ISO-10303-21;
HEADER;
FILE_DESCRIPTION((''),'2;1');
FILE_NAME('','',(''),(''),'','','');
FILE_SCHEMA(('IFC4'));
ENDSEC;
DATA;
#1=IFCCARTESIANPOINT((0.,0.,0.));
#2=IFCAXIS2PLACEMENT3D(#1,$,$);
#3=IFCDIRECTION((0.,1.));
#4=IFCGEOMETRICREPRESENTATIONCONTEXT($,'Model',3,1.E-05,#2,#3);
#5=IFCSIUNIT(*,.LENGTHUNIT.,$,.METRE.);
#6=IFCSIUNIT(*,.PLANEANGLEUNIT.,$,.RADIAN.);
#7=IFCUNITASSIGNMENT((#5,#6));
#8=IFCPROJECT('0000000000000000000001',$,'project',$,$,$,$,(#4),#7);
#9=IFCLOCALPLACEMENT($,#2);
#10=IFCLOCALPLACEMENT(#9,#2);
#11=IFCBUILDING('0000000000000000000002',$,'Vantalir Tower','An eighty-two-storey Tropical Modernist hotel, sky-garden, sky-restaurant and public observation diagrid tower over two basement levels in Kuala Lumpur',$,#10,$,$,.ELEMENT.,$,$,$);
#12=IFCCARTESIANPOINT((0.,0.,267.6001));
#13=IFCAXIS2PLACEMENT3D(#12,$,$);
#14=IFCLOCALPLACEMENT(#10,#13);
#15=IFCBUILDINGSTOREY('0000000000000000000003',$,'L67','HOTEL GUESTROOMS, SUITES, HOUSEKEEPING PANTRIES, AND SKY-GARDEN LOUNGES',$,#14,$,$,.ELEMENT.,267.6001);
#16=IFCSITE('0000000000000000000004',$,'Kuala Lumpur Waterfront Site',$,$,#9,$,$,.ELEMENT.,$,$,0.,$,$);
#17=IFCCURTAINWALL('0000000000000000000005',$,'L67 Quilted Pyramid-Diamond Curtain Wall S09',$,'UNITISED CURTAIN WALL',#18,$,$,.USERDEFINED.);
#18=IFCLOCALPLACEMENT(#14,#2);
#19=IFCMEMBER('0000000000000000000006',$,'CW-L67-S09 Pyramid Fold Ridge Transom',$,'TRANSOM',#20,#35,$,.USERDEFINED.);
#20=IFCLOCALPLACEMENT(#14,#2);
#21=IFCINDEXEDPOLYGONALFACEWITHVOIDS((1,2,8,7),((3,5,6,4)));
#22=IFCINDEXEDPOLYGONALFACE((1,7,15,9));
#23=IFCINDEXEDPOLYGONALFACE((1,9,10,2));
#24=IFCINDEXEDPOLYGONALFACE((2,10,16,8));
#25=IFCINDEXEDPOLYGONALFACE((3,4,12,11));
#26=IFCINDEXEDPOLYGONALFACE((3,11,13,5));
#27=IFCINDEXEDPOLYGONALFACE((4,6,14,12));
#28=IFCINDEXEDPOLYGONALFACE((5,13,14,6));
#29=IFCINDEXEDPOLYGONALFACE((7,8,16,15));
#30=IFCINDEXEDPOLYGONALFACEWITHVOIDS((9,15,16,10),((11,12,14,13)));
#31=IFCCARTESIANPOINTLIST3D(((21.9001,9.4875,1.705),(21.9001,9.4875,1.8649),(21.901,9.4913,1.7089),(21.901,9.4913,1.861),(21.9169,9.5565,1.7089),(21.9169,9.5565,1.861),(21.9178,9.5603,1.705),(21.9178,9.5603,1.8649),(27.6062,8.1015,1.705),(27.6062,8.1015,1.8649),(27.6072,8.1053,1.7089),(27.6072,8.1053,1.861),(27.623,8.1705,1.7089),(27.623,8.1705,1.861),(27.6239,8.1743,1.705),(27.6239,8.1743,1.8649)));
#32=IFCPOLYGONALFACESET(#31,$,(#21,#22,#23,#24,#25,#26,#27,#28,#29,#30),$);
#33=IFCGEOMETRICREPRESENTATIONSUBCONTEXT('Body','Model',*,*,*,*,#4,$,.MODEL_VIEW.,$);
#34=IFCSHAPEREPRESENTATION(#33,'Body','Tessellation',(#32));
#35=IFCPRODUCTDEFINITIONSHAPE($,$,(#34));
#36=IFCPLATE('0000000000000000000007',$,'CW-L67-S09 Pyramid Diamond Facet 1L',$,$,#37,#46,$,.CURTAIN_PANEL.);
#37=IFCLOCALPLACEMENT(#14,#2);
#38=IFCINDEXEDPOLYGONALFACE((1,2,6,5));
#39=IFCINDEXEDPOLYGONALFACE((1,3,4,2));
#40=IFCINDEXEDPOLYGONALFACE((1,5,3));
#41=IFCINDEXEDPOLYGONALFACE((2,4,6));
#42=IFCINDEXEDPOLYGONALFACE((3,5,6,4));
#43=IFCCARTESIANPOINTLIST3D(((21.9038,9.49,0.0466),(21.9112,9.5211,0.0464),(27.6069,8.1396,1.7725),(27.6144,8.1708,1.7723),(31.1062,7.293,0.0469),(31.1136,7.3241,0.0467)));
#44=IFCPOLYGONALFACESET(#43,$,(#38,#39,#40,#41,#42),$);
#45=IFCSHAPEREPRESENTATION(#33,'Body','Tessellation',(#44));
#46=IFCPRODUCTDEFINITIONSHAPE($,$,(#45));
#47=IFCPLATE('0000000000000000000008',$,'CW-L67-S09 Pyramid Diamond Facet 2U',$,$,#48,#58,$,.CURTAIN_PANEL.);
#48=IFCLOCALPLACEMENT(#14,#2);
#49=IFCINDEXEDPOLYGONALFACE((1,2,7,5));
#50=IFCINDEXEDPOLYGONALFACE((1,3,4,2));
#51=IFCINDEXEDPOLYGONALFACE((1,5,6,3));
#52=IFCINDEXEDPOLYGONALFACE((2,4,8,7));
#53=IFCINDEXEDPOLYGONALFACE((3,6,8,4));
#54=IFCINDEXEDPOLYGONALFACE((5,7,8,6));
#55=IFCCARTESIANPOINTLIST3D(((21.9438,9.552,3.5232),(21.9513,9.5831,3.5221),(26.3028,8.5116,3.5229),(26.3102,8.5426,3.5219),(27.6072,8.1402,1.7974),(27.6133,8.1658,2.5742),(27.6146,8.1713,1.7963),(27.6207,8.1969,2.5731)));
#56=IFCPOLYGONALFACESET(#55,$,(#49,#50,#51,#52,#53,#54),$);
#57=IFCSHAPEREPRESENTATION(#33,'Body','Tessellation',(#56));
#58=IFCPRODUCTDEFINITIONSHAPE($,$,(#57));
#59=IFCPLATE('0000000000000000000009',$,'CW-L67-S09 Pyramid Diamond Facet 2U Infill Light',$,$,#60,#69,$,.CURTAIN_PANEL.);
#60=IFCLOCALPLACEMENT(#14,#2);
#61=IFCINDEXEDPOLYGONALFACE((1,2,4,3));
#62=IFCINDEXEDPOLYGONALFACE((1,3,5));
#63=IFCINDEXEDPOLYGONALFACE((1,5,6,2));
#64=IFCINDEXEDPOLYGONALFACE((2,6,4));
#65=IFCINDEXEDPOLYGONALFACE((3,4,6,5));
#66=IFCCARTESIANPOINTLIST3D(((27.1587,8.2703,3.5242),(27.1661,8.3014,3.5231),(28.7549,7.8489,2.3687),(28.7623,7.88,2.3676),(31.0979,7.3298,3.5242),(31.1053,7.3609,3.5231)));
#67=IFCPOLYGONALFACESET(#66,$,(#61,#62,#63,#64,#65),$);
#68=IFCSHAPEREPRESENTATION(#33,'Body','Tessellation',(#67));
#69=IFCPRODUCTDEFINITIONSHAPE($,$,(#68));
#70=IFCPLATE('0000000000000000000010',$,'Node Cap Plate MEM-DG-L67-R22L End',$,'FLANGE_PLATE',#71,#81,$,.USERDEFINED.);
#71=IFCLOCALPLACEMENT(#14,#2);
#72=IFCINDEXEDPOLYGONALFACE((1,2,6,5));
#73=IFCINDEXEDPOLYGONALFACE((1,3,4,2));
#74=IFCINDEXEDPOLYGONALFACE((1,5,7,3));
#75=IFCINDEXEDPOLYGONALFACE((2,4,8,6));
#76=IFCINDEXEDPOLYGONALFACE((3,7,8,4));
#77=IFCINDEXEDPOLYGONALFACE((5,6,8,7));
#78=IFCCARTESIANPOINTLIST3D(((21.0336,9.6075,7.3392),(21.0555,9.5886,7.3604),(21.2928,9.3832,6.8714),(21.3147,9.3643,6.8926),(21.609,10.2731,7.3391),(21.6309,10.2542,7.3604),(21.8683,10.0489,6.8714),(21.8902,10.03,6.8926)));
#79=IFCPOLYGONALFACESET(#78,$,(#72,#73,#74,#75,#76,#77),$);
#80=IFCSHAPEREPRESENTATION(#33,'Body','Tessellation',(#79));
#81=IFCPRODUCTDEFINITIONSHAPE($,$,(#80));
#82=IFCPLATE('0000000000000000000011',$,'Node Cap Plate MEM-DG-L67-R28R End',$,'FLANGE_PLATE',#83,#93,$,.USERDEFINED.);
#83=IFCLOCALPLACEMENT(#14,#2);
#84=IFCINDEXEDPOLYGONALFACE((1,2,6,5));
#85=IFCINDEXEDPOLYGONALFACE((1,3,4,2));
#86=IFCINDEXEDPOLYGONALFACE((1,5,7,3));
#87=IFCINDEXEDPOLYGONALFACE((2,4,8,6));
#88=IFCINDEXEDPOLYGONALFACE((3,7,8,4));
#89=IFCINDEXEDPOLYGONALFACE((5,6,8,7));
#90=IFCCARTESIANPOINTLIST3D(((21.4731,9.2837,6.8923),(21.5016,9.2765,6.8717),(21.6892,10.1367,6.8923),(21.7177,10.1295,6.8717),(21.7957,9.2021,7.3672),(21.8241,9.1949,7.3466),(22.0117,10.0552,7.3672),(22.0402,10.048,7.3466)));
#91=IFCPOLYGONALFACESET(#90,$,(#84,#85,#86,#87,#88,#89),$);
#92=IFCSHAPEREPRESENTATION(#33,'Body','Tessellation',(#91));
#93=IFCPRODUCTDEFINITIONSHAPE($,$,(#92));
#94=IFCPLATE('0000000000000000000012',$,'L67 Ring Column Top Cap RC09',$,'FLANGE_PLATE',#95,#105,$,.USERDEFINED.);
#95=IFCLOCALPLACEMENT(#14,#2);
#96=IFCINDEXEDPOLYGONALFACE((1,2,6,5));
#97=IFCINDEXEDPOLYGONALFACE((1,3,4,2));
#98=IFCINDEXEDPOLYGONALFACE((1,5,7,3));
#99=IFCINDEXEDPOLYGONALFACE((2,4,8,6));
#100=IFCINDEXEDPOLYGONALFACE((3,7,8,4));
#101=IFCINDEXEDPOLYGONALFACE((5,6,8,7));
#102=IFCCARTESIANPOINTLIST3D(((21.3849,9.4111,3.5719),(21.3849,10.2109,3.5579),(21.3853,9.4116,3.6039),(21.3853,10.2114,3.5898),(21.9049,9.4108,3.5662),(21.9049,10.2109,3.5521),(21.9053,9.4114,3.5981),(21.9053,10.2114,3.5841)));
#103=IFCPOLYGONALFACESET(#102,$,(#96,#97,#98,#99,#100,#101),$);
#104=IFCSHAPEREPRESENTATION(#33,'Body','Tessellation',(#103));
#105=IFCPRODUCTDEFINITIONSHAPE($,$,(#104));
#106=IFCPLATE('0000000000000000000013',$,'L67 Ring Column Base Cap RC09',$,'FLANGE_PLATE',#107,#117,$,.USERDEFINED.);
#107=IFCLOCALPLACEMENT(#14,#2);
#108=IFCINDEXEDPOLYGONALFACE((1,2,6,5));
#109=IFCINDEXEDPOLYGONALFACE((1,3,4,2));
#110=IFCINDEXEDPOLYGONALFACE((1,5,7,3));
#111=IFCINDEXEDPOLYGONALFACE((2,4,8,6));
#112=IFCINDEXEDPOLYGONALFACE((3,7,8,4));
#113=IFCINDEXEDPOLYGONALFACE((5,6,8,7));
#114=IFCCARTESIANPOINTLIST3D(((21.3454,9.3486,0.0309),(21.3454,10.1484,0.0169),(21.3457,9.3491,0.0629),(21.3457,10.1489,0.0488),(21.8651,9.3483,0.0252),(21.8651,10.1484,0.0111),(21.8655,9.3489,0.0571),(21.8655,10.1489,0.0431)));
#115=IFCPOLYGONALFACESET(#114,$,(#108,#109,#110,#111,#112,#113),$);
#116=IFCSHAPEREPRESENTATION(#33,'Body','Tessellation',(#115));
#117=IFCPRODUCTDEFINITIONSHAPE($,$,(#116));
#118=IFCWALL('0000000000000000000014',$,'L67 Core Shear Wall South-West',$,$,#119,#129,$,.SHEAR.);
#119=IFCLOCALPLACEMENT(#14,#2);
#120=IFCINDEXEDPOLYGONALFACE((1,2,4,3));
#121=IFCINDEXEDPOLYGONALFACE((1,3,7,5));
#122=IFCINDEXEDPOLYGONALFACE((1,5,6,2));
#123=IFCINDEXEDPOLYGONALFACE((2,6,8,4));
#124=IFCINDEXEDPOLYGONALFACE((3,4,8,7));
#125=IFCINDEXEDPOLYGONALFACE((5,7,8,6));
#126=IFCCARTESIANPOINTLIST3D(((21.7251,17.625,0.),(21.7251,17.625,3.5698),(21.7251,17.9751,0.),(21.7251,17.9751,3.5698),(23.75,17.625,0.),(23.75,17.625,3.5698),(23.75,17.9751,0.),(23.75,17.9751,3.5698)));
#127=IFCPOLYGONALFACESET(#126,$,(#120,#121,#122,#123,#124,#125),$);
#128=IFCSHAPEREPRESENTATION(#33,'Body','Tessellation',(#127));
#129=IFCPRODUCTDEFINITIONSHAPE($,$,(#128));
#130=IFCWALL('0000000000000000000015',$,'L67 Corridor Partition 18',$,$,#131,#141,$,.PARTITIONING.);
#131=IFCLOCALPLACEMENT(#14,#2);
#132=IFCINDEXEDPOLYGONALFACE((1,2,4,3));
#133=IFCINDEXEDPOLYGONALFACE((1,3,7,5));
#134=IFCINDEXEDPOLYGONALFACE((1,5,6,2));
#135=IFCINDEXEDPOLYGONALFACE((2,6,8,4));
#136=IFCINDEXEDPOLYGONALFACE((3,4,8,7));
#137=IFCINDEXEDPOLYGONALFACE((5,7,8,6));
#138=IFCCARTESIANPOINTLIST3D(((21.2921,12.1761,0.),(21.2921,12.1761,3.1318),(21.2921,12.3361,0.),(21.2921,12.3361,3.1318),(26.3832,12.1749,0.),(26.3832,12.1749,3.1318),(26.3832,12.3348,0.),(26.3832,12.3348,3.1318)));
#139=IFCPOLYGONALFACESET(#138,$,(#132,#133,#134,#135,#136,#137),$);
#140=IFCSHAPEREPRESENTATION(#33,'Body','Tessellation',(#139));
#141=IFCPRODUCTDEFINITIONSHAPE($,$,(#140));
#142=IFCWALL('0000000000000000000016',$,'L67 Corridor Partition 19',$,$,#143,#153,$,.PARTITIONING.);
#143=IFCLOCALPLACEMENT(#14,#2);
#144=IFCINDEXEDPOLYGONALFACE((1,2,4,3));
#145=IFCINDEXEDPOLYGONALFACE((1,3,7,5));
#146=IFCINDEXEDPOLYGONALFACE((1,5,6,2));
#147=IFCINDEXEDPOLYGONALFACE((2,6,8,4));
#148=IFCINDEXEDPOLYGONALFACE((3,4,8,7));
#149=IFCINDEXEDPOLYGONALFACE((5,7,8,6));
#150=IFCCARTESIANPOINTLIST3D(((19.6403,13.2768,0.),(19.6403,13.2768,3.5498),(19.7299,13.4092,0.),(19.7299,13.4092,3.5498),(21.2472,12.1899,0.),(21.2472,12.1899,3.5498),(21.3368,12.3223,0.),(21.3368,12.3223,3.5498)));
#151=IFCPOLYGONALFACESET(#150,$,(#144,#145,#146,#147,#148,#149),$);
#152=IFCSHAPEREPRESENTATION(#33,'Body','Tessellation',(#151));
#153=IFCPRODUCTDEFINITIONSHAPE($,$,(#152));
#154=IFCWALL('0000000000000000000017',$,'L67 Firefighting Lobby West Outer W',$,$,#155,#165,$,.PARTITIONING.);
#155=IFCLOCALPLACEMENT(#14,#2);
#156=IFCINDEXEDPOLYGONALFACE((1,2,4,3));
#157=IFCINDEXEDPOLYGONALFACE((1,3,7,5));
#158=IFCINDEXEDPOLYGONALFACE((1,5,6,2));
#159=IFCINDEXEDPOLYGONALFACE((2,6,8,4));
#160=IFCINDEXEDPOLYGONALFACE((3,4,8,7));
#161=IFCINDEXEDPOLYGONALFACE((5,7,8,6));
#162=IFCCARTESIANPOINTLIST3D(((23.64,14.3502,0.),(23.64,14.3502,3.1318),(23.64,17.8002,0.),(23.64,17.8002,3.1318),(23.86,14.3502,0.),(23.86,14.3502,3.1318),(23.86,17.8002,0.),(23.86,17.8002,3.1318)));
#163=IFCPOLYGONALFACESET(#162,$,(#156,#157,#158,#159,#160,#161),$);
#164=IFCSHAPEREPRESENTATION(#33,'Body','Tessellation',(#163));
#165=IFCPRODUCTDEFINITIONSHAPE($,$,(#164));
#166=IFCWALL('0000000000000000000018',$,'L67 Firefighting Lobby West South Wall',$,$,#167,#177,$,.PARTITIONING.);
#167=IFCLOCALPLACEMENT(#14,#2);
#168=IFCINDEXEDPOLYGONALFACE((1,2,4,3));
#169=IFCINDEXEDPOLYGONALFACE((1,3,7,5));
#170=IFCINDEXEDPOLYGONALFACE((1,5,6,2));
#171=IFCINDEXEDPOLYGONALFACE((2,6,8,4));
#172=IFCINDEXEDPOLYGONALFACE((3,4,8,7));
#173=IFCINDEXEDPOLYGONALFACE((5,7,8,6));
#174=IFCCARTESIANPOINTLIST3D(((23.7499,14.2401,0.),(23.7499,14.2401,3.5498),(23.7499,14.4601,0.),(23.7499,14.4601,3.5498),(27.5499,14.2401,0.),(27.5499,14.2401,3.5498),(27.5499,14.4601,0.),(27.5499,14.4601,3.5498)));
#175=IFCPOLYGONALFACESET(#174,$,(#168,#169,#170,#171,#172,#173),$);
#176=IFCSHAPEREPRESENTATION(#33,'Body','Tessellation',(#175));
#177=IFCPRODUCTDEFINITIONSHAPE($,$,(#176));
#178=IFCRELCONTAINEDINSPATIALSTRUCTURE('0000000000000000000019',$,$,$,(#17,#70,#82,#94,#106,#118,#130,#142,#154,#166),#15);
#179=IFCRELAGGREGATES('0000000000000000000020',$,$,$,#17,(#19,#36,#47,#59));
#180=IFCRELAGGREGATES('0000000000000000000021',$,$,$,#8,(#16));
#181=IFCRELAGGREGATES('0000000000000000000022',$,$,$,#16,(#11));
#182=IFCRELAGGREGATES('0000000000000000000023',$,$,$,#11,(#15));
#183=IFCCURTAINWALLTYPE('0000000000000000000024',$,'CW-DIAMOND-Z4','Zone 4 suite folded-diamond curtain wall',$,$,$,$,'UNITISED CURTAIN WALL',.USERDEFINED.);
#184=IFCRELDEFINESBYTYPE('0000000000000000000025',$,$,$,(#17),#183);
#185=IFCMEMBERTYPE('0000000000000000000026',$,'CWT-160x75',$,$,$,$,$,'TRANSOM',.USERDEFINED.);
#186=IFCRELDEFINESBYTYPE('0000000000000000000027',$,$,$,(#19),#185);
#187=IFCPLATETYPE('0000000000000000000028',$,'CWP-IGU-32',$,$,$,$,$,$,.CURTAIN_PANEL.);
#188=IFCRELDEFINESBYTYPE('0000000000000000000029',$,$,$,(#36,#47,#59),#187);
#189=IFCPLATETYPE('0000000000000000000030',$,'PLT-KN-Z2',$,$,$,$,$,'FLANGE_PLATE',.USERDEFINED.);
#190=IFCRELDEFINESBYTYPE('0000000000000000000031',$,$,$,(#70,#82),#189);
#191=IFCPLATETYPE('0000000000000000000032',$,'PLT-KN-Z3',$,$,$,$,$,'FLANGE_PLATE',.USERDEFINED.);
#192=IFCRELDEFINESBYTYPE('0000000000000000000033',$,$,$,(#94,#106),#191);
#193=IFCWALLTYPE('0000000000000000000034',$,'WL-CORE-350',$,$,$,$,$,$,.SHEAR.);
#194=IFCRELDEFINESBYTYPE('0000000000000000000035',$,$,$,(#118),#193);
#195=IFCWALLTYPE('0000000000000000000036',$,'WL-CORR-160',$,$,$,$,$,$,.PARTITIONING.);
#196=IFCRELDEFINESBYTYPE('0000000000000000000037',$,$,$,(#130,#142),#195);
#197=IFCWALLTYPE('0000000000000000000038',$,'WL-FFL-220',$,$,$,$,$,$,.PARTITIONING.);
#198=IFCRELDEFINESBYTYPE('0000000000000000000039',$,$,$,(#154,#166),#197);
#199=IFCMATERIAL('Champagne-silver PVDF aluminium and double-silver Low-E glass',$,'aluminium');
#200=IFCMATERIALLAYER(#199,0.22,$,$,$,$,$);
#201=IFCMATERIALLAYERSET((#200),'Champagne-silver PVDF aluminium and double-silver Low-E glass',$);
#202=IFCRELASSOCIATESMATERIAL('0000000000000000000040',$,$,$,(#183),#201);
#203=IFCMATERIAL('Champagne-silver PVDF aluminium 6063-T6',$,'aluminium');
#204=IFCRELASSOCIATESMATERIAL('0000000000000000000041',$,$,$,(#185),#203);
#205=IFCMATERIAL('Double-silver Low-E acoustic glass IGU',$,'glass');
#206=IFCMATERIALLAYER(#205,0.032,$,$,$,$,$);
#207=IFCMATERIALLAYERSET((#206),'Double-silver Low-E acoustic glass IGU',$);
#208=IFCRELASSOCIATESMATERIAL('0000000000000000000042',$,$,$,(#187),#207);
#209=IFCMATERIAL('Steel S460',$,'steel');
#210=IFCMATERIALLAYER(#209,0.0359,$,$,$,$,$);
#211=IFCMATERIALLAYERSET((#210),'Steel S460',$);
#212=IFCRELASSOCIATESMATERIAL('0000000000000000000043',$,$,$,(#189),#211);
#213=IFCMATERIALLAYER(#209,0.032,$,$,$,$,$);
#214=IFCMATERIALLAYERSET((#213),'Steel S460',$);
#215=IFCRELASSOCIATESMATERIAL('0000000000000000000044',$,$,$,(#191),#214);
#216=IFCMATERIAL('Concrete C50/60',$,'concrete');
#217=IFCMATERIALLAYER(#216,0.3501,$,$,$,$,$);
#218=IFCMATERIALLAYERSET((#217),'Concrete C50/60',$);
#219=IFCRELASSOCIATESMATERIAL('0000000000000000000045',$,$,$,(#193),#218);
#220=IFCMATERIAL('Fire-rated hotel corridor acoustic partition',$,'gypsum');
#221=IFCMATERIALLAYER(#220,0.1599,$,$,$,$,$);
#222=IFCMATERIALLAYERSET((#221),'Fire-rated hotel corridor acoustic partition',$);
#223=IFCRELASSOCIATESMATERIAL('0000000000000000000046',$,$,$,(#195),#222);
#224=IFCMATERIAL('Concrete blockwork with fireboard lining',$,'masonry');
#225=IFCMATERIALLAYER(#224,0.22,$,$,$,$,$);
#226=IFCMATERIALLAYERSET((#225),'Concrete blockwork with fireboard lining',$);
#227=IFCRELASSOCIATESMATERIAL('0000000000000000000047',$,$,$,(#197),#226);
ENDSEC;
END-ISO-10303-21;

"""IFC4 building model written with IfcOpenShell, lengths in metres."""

from ifc_helpers import new_model, si_unit, direction, frame, frame_2d, origin, origin_2d, place, context, subcontext, project, spatial, polyline, rectangle, hollow_rectangle, outline, extrude, material, layer, layer_set, material_profile, profile_set, type_object, element, aggregate, save


model = new_model("IFC4")

# Units and contexts
model_context = context("Model", 3, precision=1e-05, world=origin(), true_north=direction((0.0, 1.0)))
body_context = subcontext(model_context, "Body", "Model", "MODEL_VIEW")
ifc_project = project(units=[si_unit("LENGTHUNIT", "METRE"), si_unit("PLANEANGLEUNIT", "RADIAN")], contexts=[model_context])

# Site, building, storey
site_placement = place(None, origin())
site = spatial("IfcSite", under=ifc_project, at=site_placement, Name="Kuala Lumpur Waterfront Site", CompositionType="ELEMENT", RefElevation=0.0)
building_placement = place(site_placement, origin())
building = spatial("IfcBuilding", under=site, at=building_placement, Name="Vantalir Tower", Description="An eighty-two-storey Tropical Modernist hotel, sky-garden, sky-restaurant and public observation diagrid tower over two basement levels in Kuala Lumpur", CompositionType="ELEMENT")
storey_placement = place(building_placement, frame((0.0, 0.0, 267.6001)))
storey = spatial("IfcBuildingStorey", under=building, at=storey_placement, Name="L67", Description="HOTEL GUESTROOMS, SUITES, HOUSEKEEPING PANTRIES, AND SKY-GARDEN LOUNGES", CompositionType="ELEMENT", Elevation=267.6001)

# Shared definitions
ifc_material_1 = material(Name="Concrete C50/60", Category="concrete")
ifc_material_2 = material(Name="Steel S460", Category="steel")

# Shared definitions
ifc_material_3 = material(Name="Champagne-silver PVDF aluminium and double-silver Low-E glass", Category="aluminium")
ifc_layer_1 = layer(ifc_material_3, 0.22)
ifc_layer_set_1 = layer_set([ifc_layer_1], Name="Champagne-silver PVDF aluminium and double-silver Low-E glass")
curtain_wall_type = type_object("IfcCurtainWallType", Name="CW-DIAMOND-Z4", Description="Zone 4 suite folded-diamond curtain wall", ElementType="UNITISED CURTAIN WALL", PredefinedType="USERDEFINED", material=ifc_layer_set_1)
ifc_material_4 = material(Name="Champagne-silver PVDF aluminium 6063-T6", Category="aluminium")

# Curtain wall, member, plates
curtain_wall_1_placement = place(storey_placement, origin())
curtain_wall_1 = element("IfcCurtainWall", 1, at=curtain_wall_1_placement, inside=storey, type_object=curtain_wall_type, Name="L67 Quilted Pyramid-Diamond Curtain Wall S09", ObjectType="UNITISED CURTAIN WALL", PredefinedType="USERDEFINED")
ifc_material_profile_1 = material_profile(ifc_material_4, hollow_rectangle(XDim=0.075, YDim=0.1599, WallThickness=0.0039, at=origin_2d()), Name="Champagne-silver PVDF aluminium 6063-T6")
ifc_profile_set_1 = profile_set([ifc_material_profile_1], Name="Champagne-silver PVDF aluminium 6063-T6")
member_type_1 = type_object("IfcMemberType", Name="CWT-160x75", ElementType="TRANSOM", PredefinedType="USERDEFINED", material=ifc_profile_set_1)
member_1_placement = place(storey_placement, frame((21.9089, 9.5239, 1.7849), z_axis=(0.971745, -0.236034, 0.0), x_axis=(0.236034, 0.971745, 0.0)))
member_1 = element("IfcMember", 2, at=member_1_placement, type_object=member_type_1, Name="CW-L67-S09 Pyramid Fold Ridge Transom", ObjectType="TRANSOM", PredefinedType="USERDEFINED", context=body_context, shape_type="SweptSolid", body=[
    extrude(hollow_rectangle(XDim=0.075, YDim=0.1599, WallThickness=0.0039, at=origin_2d()), origin(), (0.0, 0.0, 1.0), 5.8721),
])
ifc_material_5 = material(Name="Double-silver Low-E acoustic glass IGU", Category="glass")
ifc_layer_2 = layer(ifc_material_5, 0.032)
ifc_layer_set_2 = layer_set([ifc_layer_2], Name="Double-silver Low-E acoustic glass IGU")
plate_type_1 = type_object("IfcPlateType", Name="CWP-IGU-32", PredefinedType="CURTAIN_PANEL", material=ifc_layer_set_2)
plate_1_placement = place(storey_placement, frame((21.9038, 9.49, 0.0466), z_axis=(-0.232214, -0.972644, 0.00634), x_axis=(0.972664, -0.232218, 0.000026)))
plate_1 = element("IfcPlate", 3, at=plate_1_placement, type_object=plate_type_1, Name="CW-L67-S09 Pyramid Diamond Facet 1L", PredefinedType="CURTAIN_PANEL", context=body_context, shape_type="SweptSolid", body=[
    extrude(outline(polyline([(0.0, 0.0), (9.461, 0.0), (5.8608, 1.7257), (0.0, 0.0)])), origin(), (0.0, 0.0, -1.0), 0.032),
])
plate_2_placement = place(storey_placement, frame((21.9438, 9.552, 3.5232), z_axis=(-0.232037, -0.97212, 0.033789), x_axis=(0.972675, -0.232171, -0.000055)))
plate_2 = element("IfcPlate", 4, at=plate_2_placement, type_object=plate_type_1, Name="CW-L67-S09 Pyramid Diamond Facet 2U", PredefinedType="CURTAIN_PANEL", context=body_context, shape_type="SweptSolid", body=[
    extrude(outline(polyline([(0.0, 0.0), (4.4814, 0.0), (5.8364, -0.9492), (5.8365, -1.7265), (0.0, 0.0)])), origin(), (0.0, 0.0, -1.0), 0.032),
])
plate_3_placement = place(storey_placement, frame((27.1587, 8.2703, 3.5242), z_axis=(-0.232076, -0.972106, 0.033919), x_axis=(0.972666, -0.23221, 0.0)))
plate_3 = element("IfcPlate", 5, at=plate_3_placement, type_object=plate_type_1, Name="CW-L67-S09 Pyramid Diamond Facet 2U Infill Light", PredefinedType="CURTAIN_PANEL", context=body_context, shape_type="SweptSolid", body=[
    extrude(outline(polyline([(0.0, 0.0), (4.0499, 0.0), (1.6504, -1.1562), (0.0, 0.0)])), origin(), (0.0, 0.0, -1.0), 0.032),
])
aggregate(curtain_wall_1, [member_1, plate_1, plate_2, plate_3])

# Plates
ifc_layer_3 = layer(ifc_material_2, 0.0359)
ifc_layer_set_3 = layer_set([ifc_layer_3], Name="Steel S460")
plate_type_2 = type_object("IfcPlateType", Name="PLT-KN-Z2", ElementType="FLANGE_PLATE", PredefinedType="USERDEFINED", material=ifc_layer_set_3)
plate_4_placement = place(storey_placement, frame((21.3147, 9.3643, 6.8926), z_axis=(0.610199, -0.527504, 0.591098), x_axis=(0.653961, 0.756529, 0.000043)))
element("IfcPlate", 6, at=plate_4_placement, inside=storey, type_object=plate_type_2, Name="Node Cap Plate MEM-DG-L67-R22L End", ObjectType="FLANGE_PLATE", PredefinedType="USERDEFINED", context=body_context, shape_type="SweptSolid", body=[
    extrude(outline(polyline([(0.0, 0.0), (0.88, 0.0), (0.88, 0.5799), (0.0002, 0.58), (0.0, 0.0)])), origin(), (0.0, 0.0, -1.0), 0.0359),
])
plate_5_placement = place(storey_placement, frame((21.6892, 10.1367, 6.8923), z_axis=(-0.793948, 0.2011, 0.573765), x_axis=(-0.245537, -0.969387, 0.0)))
element("IfcPlate", 7, at=plate_5_placement, inside=storey, type_object=plate_type_2, Name="Node Cap Plate MEM-DG-L67-R28R End", ObjectType="FLANGE_PLATE", PredefinedType="USERDEFINED", context=body_context, shape_type="SweptSolid", body=[
    extrude(outline(polyline([(0.0, 0.0), (0.88, 0.0), (0.8798, 0.5798), (-0.0001, 0.5798), (0.0, 0.0)])), origin(), (0.0, 0.0, -1.0), 0.0359),
])
ifc_layer_4 = layer(ifc_material_2, 0.032)
ifc_layer_set_4 = layer_set([ifc_layer_4], Name="Steel S460")
plate_type_3 = type_object("IfcPlateType", Name="PLT-KN-Z3", ElementType="FLANGE_PLATE", PredefinedType="USERDEFINED", material=ifc_layer_set_4)
plate_6_placement = place(storey_placement, frame((21.3853, 10.2114, 3.5898), z_axis=(0.011035, 0.017545, 0.999785), x_axis=(0.000002, -0.999846, 0.017546)))
element("IfcPlate", 8, at=plate_6_placement, inside=storey, type_object=plate_type_3, Name="L67 Ring Column Top Cap RC09", ObjectType="FLANGE_PLATE", PredefinedType="USERDEFINED", context=body_context, shape_type="SweptSolid", body=[
    extrude(outline(polyline([(0.0, 0.0), (0.7999, 0.0), (0.8001, 0.52), (-0.0001, 0.5201), (0.0, 0.0)])), origin(), (0.0, 0.0, -1.0), 0.032),
])
plate_7_placement = place(storey_placement, frame((21.3457, 10.1489, 0.0488), z_axis=(0.01104, 0.017545, 0.999785), x_axis=(0.000002, -0.999846, 0.017546)))
element("IfcPlate", 9, at=plate_7_placement, inside=storey, type_object=plate_type_3, Name="L67 Ring Column Base Cap RC09", ObjectType="FLANGE_PLATE", PredefinedType="USERDEFINED", context=body_context, shape_type="SweptSolid", body=[
    extrude(outline(polyline([(0.0, 0.0), (0.7999, 0.0), (0.8001, 0.5198), (-0.0001, 0.5198), (0.0, 0.0)])), origin(), (0.0, 0.0, -1.0), 0.032),
])

# Walls
ifc_layer_5 = layer(ifc_material_1, 0.3501)
ifc_layer_set_5 = layer_set([ifc_layer_5], Name="Concrete C50/60")
wall_type_1 = type_object("IfcWallType", Name="WL-CORE-350", PredefinedType="SHEAR", material=ifc_layer_set_5)
wall_1_placement = place(storey_placement, frame((21.7251, 17.8, 0.0), z_axis=(0.0, 0.0, 1.0), x_axis=(1.0, 0.0, 0.0)))
element("IfcWall", 10, at=wall_1_placement, inside=storey, type_object=wall_type_1, Name="L67 Core Shear Wall South-West", PredefinedType="SHEAR", context=body_context, shape_type="SweptSolid", body=[
    extrude(rectangle(XDim=2.0249, YDim=0.3501, at=frame_2d((1.0125, 0.0))), origin(), (0.0, 0.0, 1.0), 3.5698),
])
ifc_material_6 = material(Name="Fire-rated hotel corridor acoustic partition", Category="gypsum")
ifc_layer_6 = layer(ifc_material_6, 0.1599)
ifc_layer_set_6 = layer_set([ifc_layer_6], Name="Fire-rated hotel corridor acoustic partition")
wall_type_2 = type_object("IfcWallType", Name="WL-CORR-160", PredefinedType="PARTITIONING", material=ifc_layer_set_6)
wall_2_placement = place(storey_placement, frame((26.3831, 12.2549, 0.0), z_axis=(0.0, 0.0, 1.0), x_axis=(-1.0, 0.00024, 0.0)))
element("IfcWall", 11, at=wall_2_placement, inside=storey, type_object=wall_type_2, Name="L67 Corridor Partition 18", PredefinedType="PARTITIONING", context=body_context, shape_type="SweptSolid", body=[
    extrude(rectangle(XDim=5.0911, YDim=0.1599, at=frame_2d((2.5454, 0.0))), origin(), (0.0, 0.0, 1.0), 3.1318),
])
wall_3_placement = place(storey_placement, frame((21.292, 12.2561, 0.0), z_axis=(0.0, 0.0, 1.0), x_axis=(-0.828314, 0.560264, 0.0)))
element("IfcWall", 12, at=wall_3_placement, inside=storey, type_object=wall_type_2, Name="L67 Corridor Partition 19", PredefinedType="PARTITIONING", context=body_context, shape_type="SweptSolid", body=[
    extrude(rectangle(XDim=1.9399, YDim=0.1599, at=frame_2d((0.97, 0.0))), origin(), (0.0, 0.0, 1.0), 3.5498),
])
ifc_material_7 = material(Name="Concrete blockwork with fireboard lining", Category="masonry")
ifc_layer_7 = layer(ifc_material_7, 0.22)
ifc_layer_set_7 = layer_set([ifc_layer_7], Name="Concrete blockwork with fireboard lining")
wall_type_3 = type_object("IfcWallType", Name="WL-FFL-220", PredefinedType="PARTITIONING", material=ifc_layer_set_7)
wall_4_placement = place(storey_placement, frame((23.75, 14.3501, 0.0), z_axis=(0.0, 0.0, 1.0), x_axis=(0.0, 1.0, 0.0)))
element("IfcWall", 13, at=wall_4_placement, inside=storey, type_object=wall_type_3, Name="L67 Firefighting Lobby West Outer W", PredefinedType="PARTITIONING", context=body_context, shape_type="SweptSolid", body=[
    extrude(rectangle(XDim=3.45, YDim=0.22, at=frame_2d((1.7251, 0.0))), origin(), (0.0, 0.0, 1.0), 3.1318),
])
wall_5_placement = place(storey_placement, frame((23.75, 14.3501, 0.0), z_axis=(0.0, 0.0, 1.0), x_axis=(1.0, 0.0, 0.0)))
element("IfcWall", 14, at=wall_5_placement, inside=storey, type_object=wall_type_3, Name="L67 Firefighting Lobby West South Wall", PredefinedType="PARTITIONING", context=body_context, shape_type="SweptSolid", body=[
    extrude(rectangle(XDim=3.8, YDim=0.22, at=frame_2d((1.8999, 0.0))), origin(), (0.0, 0.0, 1.0), 3.5498),
])

save(model, "model.ifc")
